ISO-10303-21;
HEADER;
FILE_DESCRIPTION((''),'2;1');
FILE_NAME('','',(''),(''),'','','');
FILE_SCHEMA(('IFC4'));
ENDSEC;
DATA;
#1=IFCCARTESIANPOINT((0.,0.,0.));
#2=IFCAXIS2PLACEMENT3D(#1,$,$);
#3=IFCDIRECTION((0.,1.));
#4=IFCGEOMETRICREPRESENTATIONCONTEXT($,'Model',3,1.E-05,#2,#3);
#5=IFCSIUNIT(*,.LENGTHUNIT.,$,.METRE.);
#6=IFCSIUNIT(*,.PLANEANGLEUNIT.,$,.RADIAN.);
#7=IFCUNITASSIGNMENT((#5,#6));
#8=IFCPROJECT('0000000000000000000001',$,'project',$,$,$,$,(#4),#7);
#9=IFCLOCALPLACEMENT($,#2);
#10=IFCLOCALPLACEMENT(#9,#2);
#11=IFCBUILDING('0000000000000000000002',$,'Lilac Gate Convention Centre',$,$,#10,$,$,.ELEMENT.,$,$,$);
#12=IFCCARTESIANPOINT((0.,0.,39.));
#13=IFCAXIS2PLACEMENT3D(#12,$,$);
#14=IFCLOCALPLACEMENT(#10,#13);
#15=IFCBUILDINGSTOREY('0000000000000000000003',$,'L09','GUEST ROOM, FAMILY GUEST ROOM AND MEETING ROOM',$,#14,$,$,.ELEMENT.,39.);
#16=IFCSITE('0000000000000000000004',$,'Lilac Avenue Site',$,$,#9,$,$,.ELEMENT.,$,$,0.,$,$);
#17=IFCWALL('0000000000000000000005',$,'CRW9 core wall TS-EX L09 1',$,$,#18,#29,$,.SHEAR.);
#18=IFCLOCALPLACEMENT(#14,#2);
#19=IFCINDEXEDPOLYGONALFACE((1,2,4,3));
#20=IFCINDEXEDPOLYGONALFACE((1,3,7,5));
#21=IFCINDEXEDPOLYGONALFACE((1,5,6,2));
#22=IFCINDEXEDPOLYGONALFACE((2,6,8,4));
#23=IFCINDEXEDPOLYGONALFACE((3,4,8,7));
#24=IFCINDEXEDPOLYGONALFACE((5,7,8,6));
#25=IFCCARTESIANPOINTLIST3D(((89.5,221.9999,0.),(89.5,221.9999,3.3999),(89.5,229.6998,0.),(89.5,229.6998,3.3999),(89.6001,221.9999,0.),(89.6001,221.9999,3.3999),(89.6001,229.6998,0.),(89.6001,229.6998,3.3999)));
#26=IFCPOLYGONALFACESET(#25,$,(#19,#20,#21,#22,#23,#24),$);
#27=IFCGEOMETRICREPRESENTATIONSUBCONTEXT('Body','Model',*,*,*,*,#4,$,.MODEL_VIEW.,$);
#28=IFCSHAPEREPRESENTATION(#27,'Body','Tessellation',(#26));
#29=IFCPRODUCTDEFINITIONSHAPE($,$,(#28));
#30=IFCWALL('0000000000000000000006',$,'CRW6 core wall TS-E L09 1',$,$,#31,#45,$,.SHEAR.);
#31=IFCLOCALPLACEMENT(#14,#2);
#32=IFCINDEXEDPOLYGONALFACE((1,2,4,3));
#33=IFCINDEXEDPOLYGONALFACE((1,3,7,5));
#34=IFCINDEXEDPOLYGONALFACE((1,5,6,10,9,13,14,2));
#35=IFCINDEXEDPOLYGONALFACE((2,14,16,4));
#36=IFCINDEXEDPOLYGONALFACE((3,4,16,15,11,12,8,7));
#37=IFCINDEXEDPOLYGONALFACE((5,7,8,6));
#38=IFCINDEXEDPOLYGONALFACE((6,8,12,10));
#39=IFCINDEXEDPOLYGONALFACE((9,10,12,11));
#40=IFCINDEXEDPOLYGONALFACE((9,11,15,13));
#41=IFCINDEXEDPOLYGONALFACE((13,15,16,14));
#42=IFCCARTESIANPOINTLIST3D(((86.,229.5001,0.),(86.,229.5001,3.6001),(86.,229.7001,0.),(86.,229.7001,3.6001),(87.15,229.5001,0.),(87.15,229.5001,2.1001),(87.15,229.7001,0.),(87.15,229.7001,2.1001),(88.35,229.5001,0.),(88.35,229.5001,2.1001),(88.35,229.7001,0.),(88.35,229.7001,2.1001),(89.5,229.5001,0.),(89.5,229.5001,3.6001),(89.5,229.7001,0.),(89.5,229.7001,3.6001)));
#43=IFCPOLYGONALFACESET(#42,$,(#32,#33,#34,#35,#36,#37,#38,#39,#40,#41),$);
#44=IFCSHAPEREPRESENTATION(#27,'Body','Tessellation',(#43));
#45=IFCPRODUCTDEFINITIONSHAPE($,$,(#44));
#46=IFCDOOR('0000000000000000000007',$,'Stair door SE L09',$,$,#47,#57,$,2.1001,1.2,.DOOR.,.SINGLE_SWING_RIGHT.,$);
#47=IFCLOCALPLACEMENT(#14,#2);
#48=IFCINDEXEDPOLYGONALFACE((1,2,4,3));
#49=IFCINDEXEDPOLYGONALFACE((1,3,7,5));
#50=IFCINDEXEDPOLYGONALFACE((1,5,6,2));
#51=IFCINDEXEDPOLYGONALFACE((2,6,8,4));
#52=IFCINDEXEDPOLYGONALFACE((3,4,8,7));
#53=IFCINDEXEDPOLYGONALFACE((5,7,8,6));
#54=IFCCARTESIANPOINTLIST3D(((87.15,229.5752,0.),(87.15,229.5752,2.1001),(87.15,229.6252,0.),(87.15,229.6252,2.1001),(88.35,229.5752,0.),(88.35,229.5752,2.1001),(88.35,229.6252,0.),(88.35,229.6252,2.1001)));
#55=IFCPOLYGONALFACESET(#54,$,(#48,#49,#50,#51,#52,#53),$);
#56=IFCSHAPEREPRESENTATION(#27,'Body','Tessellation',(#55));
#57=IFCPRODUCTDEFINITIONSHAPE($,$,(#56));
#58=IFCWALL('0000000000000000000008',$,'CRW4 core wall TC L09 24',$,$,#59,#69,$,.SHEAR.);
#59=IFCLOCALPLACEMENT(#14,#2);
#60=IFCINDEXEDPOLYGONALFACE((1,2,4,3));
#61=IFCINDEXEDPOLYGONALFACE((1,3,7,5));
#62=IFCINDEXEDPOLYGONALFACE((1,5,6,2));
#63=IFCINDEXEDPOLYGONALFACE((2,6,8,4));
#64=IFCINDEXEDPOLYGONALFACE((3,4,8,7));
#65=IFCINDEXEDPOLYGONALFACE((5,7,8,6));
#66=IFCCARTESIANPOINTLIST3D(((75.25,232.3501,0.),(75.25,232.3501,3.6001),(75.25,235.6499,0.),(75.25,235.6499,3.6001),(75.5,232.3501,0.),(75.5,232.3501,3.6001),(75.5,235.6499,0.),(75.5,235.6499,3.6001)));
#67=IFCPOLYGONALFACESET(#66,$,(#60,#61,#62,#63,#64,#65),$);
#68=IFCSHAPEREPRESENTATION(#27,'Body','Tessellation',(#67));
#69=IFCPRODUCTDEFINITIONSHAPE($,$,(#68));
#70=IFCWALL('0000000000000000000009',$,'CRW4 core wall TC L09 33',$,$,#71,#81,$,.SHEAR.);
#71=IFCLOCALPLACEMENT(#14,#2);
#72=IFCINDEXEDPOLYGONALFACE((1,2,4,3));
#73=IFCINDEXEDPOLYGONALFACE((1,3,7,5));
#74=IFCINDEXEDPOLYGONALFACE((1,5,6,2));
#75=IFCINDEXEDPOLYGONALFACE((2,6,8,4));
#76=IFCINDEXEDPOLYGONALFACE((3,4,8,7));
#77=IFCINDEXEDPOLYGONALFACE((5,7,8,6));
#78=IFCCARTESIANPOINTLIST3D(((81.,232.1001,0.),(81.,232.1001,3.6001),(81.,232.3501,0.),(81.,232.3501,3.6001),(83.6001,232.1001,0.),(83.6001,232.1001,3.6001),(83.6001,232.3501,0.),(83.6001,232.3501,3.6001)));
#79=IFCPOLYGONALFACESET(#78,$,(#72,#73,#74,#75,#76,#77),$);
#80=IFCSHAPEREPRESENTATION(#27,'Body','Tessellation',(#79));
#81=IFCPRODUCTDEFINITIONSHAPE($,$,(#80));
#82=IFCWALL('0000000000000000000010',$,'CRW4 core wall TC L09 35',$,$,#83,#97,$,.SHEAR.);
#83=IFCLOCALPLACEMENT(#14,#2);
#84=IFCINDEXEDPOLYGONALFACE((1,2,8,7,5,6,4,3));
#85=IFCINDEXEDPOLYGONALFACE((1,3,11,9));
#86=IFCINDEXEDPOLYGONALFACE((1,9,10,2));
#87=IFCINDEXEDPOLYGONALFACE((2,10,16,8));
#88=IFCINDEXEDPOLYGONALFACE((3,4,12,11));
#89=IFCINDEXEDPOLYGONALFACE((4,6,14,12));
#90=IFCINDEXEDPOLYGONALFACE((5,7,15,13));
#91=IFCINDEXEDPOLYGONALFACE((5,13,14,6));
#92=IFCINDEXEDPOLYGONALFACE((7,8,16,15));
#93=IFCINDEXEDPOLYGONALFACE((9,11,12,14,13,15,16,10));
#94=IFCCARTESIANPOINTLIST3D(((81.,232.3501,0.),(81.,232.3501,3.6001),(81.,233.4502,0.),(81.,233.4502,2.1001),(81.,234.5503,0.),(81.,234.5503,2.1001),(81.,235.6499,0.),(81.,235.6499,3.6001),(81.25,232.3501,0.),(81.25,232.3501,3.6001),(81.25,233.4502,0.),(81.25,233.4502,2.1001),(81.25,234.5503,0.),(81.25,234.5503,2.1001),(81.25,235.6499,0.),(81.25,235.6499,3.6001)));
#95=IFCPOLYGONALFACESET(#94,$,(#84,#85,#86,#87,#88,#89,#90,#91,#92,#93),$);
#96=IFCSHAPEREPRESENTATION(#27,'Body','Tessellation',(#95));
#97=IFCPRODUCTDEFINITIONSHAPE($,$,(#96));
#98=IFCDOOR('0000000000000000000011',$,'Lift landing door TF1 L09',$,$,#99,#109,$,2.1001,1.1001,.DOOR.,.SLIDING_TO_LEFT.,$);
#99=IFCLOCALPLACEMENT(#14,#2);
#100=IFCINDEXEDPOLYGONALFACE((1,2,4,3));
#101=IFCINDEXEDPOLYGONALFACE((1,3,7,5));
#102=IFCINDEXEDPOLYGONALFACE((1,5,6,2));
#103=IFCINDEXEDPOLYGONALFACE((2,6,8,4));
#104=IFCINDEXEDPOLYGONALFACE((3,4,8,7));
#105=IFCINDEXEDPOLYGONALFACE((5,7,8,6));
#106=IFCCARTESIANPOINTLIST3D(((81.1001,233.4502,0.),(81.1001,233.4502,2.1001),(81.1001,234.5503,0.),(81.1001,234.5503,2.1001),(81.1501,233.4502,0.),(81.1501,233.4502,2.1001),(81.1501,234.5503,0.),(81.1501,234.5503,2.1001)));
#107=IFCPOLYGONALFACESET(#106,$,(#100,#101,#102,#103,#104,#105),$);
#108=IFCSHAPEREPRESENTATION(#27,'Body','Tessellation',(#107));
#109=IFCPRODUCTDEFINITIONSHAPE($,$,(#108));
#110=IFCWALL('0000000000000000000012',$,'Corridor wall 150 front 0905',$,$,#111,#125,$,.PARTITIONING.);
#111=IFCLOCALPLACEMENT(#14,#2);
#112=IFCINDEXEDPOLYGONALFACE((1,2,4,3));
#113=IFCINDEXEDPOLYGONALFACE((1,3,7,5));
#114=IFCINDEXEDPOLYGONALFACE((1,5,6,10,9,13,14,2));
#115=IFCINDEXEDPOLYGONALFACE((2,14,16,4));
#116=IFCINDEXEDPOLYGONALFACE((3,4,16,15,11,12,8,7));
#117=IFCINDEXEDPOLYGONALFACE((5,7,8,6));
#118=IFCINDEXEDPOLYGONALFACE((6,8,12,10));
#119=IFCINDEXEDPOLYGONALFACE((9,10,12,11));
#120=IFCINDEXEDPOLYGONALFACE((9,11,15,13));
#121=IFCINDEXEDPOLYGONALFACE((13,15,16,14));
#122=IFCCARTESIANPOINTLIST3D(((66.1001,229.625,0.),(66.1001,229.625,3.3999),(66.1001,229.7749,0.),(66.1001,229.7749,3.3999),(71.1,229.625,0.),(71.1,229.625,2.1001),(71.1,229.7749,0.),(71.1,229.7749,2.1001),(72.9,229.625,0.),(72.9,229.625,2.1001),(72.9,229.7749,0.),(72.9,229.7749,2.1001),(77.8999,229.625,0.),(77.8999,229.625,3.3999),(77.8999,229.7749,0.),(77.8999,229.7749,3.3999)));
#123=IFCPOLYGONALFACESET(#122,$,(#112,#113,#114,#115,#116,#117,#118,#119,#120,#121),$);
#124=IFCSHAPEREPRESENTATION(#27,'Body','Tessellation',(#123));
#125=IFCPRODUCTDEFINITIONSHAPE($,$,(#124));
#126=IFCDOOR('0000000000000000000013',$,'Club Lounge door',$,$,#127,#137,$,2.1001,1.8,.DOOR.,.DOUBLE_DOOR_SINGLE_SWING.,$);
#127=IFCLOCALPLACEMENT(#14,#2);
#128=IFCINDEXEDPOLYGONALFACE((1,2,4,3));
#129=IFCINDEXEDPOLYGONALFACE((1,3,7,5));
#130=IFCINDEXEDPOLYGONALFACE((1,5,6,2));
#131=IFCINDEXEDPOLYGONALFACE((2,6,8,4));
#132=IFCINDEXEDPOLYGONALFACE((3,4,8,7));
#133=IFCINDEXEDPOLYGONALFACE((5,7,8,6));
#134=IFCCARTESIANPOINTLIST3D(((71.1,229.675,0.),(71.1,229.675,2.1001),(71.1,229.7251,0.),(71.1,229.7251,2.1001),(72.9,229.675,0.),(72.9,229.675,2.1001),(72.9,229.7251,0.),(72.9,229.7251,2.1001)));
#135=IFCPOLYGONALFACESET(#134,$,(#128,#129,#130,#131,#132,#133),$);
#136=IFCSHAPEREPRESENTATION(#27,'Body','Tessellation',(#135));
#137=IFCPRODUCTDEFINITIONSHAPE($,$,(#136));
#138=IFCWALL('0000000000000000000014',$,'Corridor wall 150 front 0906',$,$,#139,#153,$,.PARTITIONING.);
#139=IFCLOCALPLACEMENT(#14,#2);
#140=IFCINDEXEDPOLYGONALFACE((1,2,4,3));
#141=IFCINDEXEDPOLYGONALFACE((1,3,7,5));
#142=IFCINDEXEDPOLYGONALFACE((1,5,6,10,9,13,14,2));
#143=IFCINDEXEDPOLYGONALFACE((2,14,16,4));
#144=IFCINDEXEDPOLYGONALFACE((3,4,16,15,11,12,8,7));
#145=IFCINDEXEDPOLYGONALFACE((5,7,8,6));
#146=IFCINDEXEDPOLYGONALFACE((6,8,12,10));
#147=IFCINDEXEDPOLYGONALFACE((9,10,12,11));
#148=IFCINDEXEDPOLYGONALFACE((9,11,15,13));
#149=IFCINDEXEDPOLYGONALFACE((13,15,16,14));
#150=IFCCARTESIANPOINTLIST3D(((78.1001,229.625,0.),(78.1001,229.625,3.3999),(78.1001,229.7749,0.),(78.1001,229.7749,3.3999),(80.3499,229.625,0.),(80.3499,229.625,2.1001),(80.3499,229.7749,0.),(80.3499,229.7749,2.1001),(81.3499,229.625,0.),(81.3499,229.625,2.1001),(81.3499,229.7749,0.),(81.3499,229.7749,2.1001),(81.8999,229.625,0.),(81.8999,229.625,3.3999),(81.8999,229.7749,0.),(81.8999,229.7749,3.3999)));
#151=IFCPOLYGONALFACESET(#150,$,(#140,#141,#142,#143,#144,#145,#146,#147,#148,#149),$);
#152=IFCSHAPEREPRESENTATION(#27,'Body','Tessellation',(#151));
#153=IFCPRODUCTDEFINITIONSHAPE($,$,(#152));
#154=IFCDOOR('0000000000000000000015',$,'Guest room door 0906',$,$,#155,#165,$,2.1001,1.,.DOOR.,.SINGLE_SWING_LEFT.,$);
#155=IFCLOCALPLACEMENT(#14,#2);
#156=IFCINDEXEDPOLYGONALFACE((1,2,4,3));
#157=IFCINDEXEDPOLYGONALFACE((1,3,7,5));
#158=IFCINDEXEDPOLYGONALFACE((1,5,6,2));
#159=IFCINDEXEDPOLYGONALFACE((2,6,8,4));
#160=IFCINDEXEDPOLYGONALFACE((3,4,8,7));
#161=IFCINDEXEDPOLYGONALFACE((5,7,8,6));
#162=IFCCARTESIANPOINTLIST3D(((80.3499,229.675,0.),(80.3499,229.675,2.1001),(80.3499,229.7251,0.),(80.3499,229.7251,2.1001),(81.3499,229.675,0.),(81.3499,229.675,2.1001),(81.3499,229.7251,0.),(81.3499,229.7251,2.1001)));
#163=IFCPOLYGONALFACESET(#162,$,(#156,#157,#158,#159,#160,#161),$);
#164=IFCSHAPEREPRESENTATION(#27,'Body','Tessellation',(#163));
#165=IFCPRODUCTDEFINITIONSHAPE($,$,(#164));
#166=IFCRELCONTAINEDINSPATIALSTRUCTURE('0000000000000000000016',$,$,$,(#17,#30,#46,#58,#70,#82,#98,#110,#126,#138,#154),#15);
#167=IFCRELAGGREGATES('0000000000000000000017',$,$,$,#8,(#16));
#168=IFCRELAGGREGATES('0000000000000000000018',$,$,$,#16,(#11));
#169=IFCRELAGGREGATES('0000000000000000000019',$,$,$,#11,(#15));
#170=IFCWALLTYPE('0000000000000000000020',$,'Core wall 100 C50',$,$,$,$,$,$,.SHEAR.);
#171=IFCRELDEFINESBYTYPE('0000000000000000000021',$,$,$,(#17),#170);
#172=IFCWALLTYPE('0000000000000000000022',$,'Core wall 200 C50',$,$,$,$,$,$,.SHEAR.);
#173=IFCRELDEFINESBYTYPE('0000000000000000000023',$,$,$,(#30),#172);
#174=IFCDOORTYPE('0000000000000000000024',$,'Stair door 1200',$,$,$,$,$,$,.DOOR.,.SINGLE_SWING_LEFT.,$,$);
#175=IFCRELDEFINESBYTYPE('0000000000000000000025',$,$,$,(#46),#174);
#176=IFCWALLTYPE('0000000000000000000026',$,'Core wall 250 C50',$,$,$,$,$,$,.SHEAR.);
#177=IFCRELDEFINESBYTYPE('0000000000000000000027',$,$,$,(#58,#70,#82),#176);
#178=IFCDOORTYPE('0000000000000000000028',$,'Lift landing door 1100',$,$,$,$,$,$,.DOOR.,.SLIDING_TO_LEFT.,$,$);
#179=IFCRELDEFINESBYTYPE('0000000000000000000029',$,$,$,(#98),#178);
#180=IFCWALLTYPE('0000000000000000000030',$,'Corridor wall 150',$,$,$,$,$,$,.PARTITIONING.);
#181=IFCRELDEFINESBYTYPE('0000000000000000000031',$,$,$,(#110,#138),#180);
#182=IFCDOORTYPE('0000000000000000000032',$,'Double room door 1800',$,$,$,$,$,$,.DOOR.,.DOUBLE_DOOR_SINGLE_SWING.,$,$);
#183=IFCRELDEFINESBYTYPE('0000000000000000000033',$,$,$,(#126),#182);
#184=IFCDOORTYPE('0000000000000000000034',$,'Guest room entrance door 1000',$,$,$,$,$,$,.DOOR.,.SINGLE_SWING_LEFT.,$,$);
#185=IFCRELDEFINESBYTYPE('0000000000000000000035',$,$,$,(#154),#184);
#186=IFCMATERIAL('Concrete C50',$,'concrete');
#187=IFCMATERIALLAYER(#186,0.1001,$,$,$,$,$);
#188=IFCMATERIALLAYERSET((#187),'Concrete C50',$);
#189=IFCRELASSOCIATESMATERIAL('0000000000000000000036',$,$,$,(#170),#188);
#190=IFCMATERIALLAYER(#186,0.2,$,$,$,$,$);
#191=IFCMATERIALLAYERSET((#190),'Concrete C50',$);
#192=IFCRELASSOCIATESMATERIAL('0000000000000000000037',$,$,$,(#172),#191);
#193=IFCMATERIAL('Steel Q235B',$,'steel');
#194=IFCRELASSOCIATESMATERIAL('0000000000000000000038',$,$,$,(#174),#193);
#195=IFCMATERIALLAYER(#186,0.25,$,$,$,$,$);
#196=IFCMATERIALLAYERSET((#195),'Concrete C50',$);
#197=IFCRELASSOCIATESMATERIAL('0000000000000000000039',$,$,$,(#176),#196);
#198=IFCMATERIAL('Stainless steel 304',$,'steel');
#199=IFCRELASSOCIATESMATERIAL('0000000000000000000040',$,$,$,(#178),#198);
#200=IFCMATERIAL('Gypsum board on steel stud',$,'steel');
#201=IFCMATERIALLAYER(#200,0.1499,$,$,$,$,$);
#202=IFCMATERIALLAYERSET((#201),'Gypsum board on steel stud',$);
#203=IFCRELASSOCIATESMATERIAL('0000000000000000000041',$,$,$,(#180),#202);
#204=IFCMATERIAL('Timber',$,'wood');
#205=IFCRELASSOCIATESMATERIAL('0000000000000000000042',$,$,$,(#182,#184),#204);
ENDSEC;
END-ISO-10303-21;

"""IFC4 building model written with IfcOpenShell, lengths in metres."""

from ifc_helpers import new_model, si_unit, direction, frame, frame_2d, origin, place, context, subcontext, project, spatial, rectangle, extrude, material, layer, layer_set, type_object, element, fill, save


model = new_model("IFC4")

# Units and contexts
model_context = context("Model", 3, precision=1e-05, world=origin(), true_north=direction((0.0, 1.0)))
body_context = subcontext(model_context, "Body", "Model", "MODEL_VIEW")
ifc_project = project(units=[si_unit("LENGTHUNIT", "METRE"), si_unit("PLANEANGLEUNIT", "RADIAN")], contexts=[model_context])

# Site, building, storey
site_placement = place(None, origin())
site = spatial("IfcSite", under=ifc_project, at=site_placement, Name="Lilac Avenue Site", CompositionType="ELEMENT", RefElevation=0.0)
building_placement = place(site_placement, origin())
building = spatial("IfcBuilding", under=site, at=building_placement, Name="Lilac Gate Convention Centre", CompositionType="ELEMENT")
storey_placement = place(building_placement, frame((0.0, 0.0, 39.0)))
storey = spatial("IfcBuildingStorey", under=building, at=storey_placement, Name="L09", Description="GUEST ROOM, FAMILY GUEST ROOM AND MEETING ROOM", CompositionType="ELEMENT", Elevation=39.0)

# Wall
ifc_material_1 = material(Name="Concrete C50", Category="concrete")
ifc_layer_1 = layer(ifc_material_1, 0.1001)
ifc_layer_set_1 = layer_set([ifc_layer_1], Name="Concrete C50")
wall_type_1 = type_object("IfcWallType", Name="Core wall 100 C50", PredefinedType="SHEAR", material=ifc_layer_set_1)
wall_1_placement = place(storey_placement, frame((89.55, 229.7, 0.0), z_axis=(0.0, 0.0, 1.0), x_axis=(0.0, -1.0, 0.0)))
element("IfcWall", 1, at=wall_1_placement, inside=storey, type_object=wall_type_1, Name="CRW9 core wall TS-EX L09 1", PredefinedType="SHEAR", context=body_context, shape_type="SweptSolid", body=[
    extrude(rectangle(XDim=7.7, YDim=0.1001, at=frame_2d((3.8501, 0.0))), origin(), (0.0, 0.0, 1.0), 3.3999),
])

# Wall, opening, door
ifc_layer_2 = layer(ifc_material_1, 0.2)
ifc_layer_set_2 = layer_set([ifc_layer_2], Name="Concrete C50")
wall_type_2 = type_object("IfcWallType", Name="Core wall 200 C50", PredefinedType="SHEAR", material=ifc_layer_set_2)
wall_2_placement = place(storey_placement, frame((89.5, 229.6001, 0.0), z_axis=(0.0, 0.0, 1.0), x_axis=(-1.0, 0.0, 0.0)))
wall_2 = element("IfcWall", 2, at=wall_2_placement, inside=storey, type_object=wall_type_2, Name="CRW6 core wall TS-E L09 1", PredefinedType="SHEAR", context=body_context, shape_type="SweptSolid", body=[
    extrude(rectangle(XDim=3.5, YDim=0.2, at=frame_2d((1.75, 0.0))), origin(), (0.0, 0.0, 1.0), 3.6001),
])
opening_1_placement = place(wall_2_placement, frame((1.1499, 0.0, 0.0)))
opening_1 = element("IfcOpeningElement", 3, at=opening_1_placement, cuts=wall_2, PredefinedType="OPENING", context=body_context, shape_type="SweptSolid", body=[
    extrude(rectangle(XDim=1.2, YDim=2.1001, at=frame_2d((0.6001, 1.05))), frame((0.0, 0.1099, 0.0), z_axis=(0.0, -1.0, 0.0), x_axis=(1.0, 0.0, 0.0)), (0.0, 0.0, 1.0), 0.22),
])
ifc_material_2 = material(Name="Steel Q235B", Category="steel")
door_type_1 = type_object("IfcDoorType", Name="Stair door 1200", OperationType="SINGLE_SWING_LEFT", PredefinedType="DOOR", material=ifc_material_2)
door_1_placement = place(opening_1_placement, origin())
door_1 = element("IfcDoor", 4, at=door_1_placement, inside=storey, type_object=door_type_1, Name="Stair door SE L09", OperationType="SINGLE_SWING_RIGHT", OverallHeight=2.1001, OverallWidth=1.2, PredefinedType="DOOR", context=body_context, shape_type="SweptSolid", body=[
    extrude(rectangle(XDim=1.2, YDim=2.1001, at=frame_2d((0.6001, 1.05))), frame((0.0, 0.0249, 0.0), z_axis=(0.0, -1.0, 0.0), x_axis=(1.0, 0.0, 0.0)), (0.0, 0.0, 1.0), 0.05),
])
fill(opening_1, door_1)

# Walls
ifc_layer_3 = layer(ifc_material_1, 0.25)
ifc_layer_set_3 = layer_set([ifc_layer_3], Name="Concrete C50")
wall_type_3 = type_object("IfcWallType", Name="Core wall 250 C50", PredefinedType="SHEAR", material=ifc_layer_set_3)
wall_3_placement = place(storey_placement, frame((75.375, 232.3501, 0.0), z_axis=(0.0, 0.0, 1.0), x_axis=(0.0, 1.0, 0.0)))
element("IfcWall", 5, at=wall_3_placement, inside=storey, type_object=wall_type_3, Name="CRW4 core wall TC L09 24", PredefinedType="SHEAR", context=body_context, shape_type="SweptSolid", body=[
    extrude(rectangle(XDim=3.2998, YDim=0.25, at=frame_2d((1.6499, 0.0))), origin(), (0.0, 0.0, 1.0), 3.6001),
])
wall_4_placement = place(storey_placement, frame((81.0, 232.2251, 0.0), z_axis=(0.0, 0.0, 1.0), x_axis=(1.0, 0.0, 0.0)))
element("IfcWall", 6, at=wall_4_placement, inside=storey, type_object=wall_type_3, Name="CRW4 core wall TC L09 33", PredefinedType="SHEAR", context=body_context, shape_type="SweptSolid", body=[
    extrude(rectangle(XDim=2.6001, YDim=0.25, at=frame_2d((1.3, 0.0))), origin(), (0.0, 0.0, 1.0), 3.6001),
])

# Walls, openings, doors
wall_5_placement = place(storey_placement, frame((81.125, 232.3501, 0.0), z_axis=(0.0, 0.0, 1.0), x_axis=(0.0, 1.0, 0.0)))
wall_5 = element("IfcWall", 7, at=wall_5_placement, inside=storey, type_object=wall_type_3, Name="CRW4 core wall TC L09 35", PredefinedType="SHEAR", context=body_context, shape_type="SweptSolid", body=[
    extrude(rectangle(XDim=3.2998, YDim=0.25, at=frame_2d((1.6499, 0.0))), origin(), (0.0, 0.0, 1.0), 3.6001),
])
opening_2_placement = place(wall_5_placement, frame((1.1001, 0.0, 0.0)))
opening_2 = element("IfcOpeningElement", 8, at=opening_2_placement, cuts=wall_5, PredefinedType="OPENING", context=body_context, shape_type="SweptSolid", body=[
    extrude(rectangle(XDim=1.1001, YDim=2.1001, at=frame_2d((0.55, 1.05))), frame((0.0, 0.135, 0.0), z_axis=(0.0, -1.0, 0.0), x_axis=(1.0, 0.0, 0.0)), (0.0, 0.0, 1.0), 0.27),
])
ifc_material_3 = material(Name="Stainless steel 304", Category="steel")
door_type_2 = type_object("IfcDoorType", Name="Lift landing door 1100", OperationType="SLIDING_TO_LEFT", PredefinedType="DOOR", material=ifc_material_3)
door_2_placement = place(opening_2_placement, origin())
door_2 = element("IfcDoor", 9, at=door_2_placement, inside=storey, type_object=door_type_2, Name="Lift landing door TF1 L09", OperationType="SLIDING_TO_LEFT", OverallHeight=2.1001, OverallWidth=1.1001, PredefinedType="DOOR", context=body_context, shape_type="SweptSolid", body=[
    extrude(rectangle(XDim=1.1001, YDim=2.1001, at=frame_2d((0.55, 1.05))), frame((0.0, 0.0249, 0.0), z_axis=(0.0, -1.0, 0.0), x_axis=(1.0, 0.0, 0.0)), (0.0, 0.0, 1.0), 0.05),
])
fill(opening_2, door_2)
ifc_material_4 = material(Name="Gypsum board on steel stud", Category="steel")
ifc_layer_4 = layer(ifc_material_4, 0.1499)
ifc_layer_set_4 = layer_set([ifc_layer_4], Name="Gypsum board on steel stud")
wall_type_4 = type_object("IfcWallType", Name="Corridor wall 150", PredefinedType="PARTITIONING", material=ifc_layer_set_4)
wall_6_placement = place(storey_placement, frame((77.8999, 229.7, 0.0), z_axis=(0.0, 0.0, 1.0), x_axis=(-1.0, 0.0, 0.0)))
wall_6 = element("IfcWall", 10, at=wall_6_placement, inside=storey, type_object=wall_type_4, Name="Corridor wall 150 front 0905", PredefinedType="PARTITIONING", context=body_context, shape_type="SweptSolid", body=[
    extrude(rectangle(XDim=11.7998, YDim=0.1499, at=frame_2d((5.8999, 0.0))), origin(), (0.0, 0.0, 1.0), 3.3999),
])
opening_3_placement = place(wall_6_placement, frame((5.0, 0.0, 0.0)))
opening_3 = element("IfcOpeningElement", 11, at=opening_3_placement, cuts=wall_6, PredefinedType="OPENING", context=body_context, shape_type="SweptSolid", body=[
    extrude(rectangle(XDim=1.8, YDim=2.1001, at=frame_2d((0.8999, 1.05))), frame((0.0, 0.085, 0.0), z_axis=(0.0, -1.0, 0.0), x_axis=(1.0, 0.0, 0.0)), (0.0, 0.0, 1.0), 0.1699),
])
ifc_material_5 = material(Name="Timber", Category="wood")
door_type_3 = type_object("IfcDoorType", Name="Double room door 1800", OperationType="DOUBLE_DOOR_SINGLE_SWING", PredefinedType="DOOR", material=ifc_material_5)
door_3_placement = place(opening_3_placement, origin())
door_3 = element("IfcDoor", 12, at=door_3_placement, inside=storey, type_object=door_type_3, Name="Club Lounge door", OperationType="DOUBLE_DOOR_SINGLE_SWING", OverallHeight=2.1001, OverallWidth=1.8, PredefinedType="DOOR", context=body_context, shape_type="SweptSolid", body=[
    extrude(rectangle(XDim=1.8, YDim=2.1001, at=frame_2d((0.8999, 1.05))), frame((0.0, 0.0249, 0.0), z_axis=(0.0, -1.0, 0.0), x_axis=(1.0, 0.0, 0.0)), (0.0, 0.0, 1.0), 0.05),
])
fill(opening_3, door_3)
wall_7_placement = place(storey_placement, frame((81.8999, 229.7, 0.0), z_axis=(0.0, 0.0, 1.0), x_axis=(-1.0, 0.0, 0.0)))
wall_7 = element("IfcWall", 13, at=wall_7_placement, inside=storey, type_object=wall_type_4, Name="Corridor wall 150 front 0906", PredefinedType="PARTITIONING", context=body_context, shape_type="SweptSolid", body=[
    extrude(rectangle(XDim=3.7998, YDim=0.1499, at=frame_2d((1.8999, 0.0))), origin(), (0.0, 0.0, 1.0), 3.3999),
])
opening_4_placement = place(wall_7_placement, frame((0.55, 0.0, 0.0)))
opening_4 = element("IfcOpeningElement", 14, at=opening_4_placement, cuts=wall_7, PredefinedType="OPENING", context=body_context, shape_type="SweptSolid", body=[
    extrude(rectangle(XDim=1.0, YDim=2.1001, at=frame_2d((0.5, 1.05))), frame((0.0, 0.085, 0.0), z_axis=(0.0, -1.0, 0.0), x_axis=(1.0, 0.0, 0.0)), (0.0, 0.0, 1.0), 0.1699),
])
door_type_4 = type_object("IfcDoorType", Name="Guest room entrance door 1000", OperationType="SINGLE_SWING_LEFT", PredefinedType="DOOR", material=ifc_material_5)
door_4_placement = place(opening_4_placement, origin())
door_4 = element("IfcDoor", 15, at=door_4_placement, inside=storey, type_object=door_type_4, Name="Guest room door 0906", OperationType="SINGLE_SWING_LEFT", OverallHeight=2.1001, OverallWidth=1.0, PredefinedType="DOOR", context=body_context, shape_type="SweptSolid", body=[
    extrude(rectangle(XDim=1.0, YDim=2.1001, at=frame_2d((0.5, 1.05))), frame((0.0, 0.0249, 0.0), z_axis=(0.0, -1.0, 0.0), x_axis=(1.0, 0.0, 0.0)), (0.0, 0.0, 1.0), 0.05),
])
fill(opening_4, door_4)

save(model, "model.ifc")
